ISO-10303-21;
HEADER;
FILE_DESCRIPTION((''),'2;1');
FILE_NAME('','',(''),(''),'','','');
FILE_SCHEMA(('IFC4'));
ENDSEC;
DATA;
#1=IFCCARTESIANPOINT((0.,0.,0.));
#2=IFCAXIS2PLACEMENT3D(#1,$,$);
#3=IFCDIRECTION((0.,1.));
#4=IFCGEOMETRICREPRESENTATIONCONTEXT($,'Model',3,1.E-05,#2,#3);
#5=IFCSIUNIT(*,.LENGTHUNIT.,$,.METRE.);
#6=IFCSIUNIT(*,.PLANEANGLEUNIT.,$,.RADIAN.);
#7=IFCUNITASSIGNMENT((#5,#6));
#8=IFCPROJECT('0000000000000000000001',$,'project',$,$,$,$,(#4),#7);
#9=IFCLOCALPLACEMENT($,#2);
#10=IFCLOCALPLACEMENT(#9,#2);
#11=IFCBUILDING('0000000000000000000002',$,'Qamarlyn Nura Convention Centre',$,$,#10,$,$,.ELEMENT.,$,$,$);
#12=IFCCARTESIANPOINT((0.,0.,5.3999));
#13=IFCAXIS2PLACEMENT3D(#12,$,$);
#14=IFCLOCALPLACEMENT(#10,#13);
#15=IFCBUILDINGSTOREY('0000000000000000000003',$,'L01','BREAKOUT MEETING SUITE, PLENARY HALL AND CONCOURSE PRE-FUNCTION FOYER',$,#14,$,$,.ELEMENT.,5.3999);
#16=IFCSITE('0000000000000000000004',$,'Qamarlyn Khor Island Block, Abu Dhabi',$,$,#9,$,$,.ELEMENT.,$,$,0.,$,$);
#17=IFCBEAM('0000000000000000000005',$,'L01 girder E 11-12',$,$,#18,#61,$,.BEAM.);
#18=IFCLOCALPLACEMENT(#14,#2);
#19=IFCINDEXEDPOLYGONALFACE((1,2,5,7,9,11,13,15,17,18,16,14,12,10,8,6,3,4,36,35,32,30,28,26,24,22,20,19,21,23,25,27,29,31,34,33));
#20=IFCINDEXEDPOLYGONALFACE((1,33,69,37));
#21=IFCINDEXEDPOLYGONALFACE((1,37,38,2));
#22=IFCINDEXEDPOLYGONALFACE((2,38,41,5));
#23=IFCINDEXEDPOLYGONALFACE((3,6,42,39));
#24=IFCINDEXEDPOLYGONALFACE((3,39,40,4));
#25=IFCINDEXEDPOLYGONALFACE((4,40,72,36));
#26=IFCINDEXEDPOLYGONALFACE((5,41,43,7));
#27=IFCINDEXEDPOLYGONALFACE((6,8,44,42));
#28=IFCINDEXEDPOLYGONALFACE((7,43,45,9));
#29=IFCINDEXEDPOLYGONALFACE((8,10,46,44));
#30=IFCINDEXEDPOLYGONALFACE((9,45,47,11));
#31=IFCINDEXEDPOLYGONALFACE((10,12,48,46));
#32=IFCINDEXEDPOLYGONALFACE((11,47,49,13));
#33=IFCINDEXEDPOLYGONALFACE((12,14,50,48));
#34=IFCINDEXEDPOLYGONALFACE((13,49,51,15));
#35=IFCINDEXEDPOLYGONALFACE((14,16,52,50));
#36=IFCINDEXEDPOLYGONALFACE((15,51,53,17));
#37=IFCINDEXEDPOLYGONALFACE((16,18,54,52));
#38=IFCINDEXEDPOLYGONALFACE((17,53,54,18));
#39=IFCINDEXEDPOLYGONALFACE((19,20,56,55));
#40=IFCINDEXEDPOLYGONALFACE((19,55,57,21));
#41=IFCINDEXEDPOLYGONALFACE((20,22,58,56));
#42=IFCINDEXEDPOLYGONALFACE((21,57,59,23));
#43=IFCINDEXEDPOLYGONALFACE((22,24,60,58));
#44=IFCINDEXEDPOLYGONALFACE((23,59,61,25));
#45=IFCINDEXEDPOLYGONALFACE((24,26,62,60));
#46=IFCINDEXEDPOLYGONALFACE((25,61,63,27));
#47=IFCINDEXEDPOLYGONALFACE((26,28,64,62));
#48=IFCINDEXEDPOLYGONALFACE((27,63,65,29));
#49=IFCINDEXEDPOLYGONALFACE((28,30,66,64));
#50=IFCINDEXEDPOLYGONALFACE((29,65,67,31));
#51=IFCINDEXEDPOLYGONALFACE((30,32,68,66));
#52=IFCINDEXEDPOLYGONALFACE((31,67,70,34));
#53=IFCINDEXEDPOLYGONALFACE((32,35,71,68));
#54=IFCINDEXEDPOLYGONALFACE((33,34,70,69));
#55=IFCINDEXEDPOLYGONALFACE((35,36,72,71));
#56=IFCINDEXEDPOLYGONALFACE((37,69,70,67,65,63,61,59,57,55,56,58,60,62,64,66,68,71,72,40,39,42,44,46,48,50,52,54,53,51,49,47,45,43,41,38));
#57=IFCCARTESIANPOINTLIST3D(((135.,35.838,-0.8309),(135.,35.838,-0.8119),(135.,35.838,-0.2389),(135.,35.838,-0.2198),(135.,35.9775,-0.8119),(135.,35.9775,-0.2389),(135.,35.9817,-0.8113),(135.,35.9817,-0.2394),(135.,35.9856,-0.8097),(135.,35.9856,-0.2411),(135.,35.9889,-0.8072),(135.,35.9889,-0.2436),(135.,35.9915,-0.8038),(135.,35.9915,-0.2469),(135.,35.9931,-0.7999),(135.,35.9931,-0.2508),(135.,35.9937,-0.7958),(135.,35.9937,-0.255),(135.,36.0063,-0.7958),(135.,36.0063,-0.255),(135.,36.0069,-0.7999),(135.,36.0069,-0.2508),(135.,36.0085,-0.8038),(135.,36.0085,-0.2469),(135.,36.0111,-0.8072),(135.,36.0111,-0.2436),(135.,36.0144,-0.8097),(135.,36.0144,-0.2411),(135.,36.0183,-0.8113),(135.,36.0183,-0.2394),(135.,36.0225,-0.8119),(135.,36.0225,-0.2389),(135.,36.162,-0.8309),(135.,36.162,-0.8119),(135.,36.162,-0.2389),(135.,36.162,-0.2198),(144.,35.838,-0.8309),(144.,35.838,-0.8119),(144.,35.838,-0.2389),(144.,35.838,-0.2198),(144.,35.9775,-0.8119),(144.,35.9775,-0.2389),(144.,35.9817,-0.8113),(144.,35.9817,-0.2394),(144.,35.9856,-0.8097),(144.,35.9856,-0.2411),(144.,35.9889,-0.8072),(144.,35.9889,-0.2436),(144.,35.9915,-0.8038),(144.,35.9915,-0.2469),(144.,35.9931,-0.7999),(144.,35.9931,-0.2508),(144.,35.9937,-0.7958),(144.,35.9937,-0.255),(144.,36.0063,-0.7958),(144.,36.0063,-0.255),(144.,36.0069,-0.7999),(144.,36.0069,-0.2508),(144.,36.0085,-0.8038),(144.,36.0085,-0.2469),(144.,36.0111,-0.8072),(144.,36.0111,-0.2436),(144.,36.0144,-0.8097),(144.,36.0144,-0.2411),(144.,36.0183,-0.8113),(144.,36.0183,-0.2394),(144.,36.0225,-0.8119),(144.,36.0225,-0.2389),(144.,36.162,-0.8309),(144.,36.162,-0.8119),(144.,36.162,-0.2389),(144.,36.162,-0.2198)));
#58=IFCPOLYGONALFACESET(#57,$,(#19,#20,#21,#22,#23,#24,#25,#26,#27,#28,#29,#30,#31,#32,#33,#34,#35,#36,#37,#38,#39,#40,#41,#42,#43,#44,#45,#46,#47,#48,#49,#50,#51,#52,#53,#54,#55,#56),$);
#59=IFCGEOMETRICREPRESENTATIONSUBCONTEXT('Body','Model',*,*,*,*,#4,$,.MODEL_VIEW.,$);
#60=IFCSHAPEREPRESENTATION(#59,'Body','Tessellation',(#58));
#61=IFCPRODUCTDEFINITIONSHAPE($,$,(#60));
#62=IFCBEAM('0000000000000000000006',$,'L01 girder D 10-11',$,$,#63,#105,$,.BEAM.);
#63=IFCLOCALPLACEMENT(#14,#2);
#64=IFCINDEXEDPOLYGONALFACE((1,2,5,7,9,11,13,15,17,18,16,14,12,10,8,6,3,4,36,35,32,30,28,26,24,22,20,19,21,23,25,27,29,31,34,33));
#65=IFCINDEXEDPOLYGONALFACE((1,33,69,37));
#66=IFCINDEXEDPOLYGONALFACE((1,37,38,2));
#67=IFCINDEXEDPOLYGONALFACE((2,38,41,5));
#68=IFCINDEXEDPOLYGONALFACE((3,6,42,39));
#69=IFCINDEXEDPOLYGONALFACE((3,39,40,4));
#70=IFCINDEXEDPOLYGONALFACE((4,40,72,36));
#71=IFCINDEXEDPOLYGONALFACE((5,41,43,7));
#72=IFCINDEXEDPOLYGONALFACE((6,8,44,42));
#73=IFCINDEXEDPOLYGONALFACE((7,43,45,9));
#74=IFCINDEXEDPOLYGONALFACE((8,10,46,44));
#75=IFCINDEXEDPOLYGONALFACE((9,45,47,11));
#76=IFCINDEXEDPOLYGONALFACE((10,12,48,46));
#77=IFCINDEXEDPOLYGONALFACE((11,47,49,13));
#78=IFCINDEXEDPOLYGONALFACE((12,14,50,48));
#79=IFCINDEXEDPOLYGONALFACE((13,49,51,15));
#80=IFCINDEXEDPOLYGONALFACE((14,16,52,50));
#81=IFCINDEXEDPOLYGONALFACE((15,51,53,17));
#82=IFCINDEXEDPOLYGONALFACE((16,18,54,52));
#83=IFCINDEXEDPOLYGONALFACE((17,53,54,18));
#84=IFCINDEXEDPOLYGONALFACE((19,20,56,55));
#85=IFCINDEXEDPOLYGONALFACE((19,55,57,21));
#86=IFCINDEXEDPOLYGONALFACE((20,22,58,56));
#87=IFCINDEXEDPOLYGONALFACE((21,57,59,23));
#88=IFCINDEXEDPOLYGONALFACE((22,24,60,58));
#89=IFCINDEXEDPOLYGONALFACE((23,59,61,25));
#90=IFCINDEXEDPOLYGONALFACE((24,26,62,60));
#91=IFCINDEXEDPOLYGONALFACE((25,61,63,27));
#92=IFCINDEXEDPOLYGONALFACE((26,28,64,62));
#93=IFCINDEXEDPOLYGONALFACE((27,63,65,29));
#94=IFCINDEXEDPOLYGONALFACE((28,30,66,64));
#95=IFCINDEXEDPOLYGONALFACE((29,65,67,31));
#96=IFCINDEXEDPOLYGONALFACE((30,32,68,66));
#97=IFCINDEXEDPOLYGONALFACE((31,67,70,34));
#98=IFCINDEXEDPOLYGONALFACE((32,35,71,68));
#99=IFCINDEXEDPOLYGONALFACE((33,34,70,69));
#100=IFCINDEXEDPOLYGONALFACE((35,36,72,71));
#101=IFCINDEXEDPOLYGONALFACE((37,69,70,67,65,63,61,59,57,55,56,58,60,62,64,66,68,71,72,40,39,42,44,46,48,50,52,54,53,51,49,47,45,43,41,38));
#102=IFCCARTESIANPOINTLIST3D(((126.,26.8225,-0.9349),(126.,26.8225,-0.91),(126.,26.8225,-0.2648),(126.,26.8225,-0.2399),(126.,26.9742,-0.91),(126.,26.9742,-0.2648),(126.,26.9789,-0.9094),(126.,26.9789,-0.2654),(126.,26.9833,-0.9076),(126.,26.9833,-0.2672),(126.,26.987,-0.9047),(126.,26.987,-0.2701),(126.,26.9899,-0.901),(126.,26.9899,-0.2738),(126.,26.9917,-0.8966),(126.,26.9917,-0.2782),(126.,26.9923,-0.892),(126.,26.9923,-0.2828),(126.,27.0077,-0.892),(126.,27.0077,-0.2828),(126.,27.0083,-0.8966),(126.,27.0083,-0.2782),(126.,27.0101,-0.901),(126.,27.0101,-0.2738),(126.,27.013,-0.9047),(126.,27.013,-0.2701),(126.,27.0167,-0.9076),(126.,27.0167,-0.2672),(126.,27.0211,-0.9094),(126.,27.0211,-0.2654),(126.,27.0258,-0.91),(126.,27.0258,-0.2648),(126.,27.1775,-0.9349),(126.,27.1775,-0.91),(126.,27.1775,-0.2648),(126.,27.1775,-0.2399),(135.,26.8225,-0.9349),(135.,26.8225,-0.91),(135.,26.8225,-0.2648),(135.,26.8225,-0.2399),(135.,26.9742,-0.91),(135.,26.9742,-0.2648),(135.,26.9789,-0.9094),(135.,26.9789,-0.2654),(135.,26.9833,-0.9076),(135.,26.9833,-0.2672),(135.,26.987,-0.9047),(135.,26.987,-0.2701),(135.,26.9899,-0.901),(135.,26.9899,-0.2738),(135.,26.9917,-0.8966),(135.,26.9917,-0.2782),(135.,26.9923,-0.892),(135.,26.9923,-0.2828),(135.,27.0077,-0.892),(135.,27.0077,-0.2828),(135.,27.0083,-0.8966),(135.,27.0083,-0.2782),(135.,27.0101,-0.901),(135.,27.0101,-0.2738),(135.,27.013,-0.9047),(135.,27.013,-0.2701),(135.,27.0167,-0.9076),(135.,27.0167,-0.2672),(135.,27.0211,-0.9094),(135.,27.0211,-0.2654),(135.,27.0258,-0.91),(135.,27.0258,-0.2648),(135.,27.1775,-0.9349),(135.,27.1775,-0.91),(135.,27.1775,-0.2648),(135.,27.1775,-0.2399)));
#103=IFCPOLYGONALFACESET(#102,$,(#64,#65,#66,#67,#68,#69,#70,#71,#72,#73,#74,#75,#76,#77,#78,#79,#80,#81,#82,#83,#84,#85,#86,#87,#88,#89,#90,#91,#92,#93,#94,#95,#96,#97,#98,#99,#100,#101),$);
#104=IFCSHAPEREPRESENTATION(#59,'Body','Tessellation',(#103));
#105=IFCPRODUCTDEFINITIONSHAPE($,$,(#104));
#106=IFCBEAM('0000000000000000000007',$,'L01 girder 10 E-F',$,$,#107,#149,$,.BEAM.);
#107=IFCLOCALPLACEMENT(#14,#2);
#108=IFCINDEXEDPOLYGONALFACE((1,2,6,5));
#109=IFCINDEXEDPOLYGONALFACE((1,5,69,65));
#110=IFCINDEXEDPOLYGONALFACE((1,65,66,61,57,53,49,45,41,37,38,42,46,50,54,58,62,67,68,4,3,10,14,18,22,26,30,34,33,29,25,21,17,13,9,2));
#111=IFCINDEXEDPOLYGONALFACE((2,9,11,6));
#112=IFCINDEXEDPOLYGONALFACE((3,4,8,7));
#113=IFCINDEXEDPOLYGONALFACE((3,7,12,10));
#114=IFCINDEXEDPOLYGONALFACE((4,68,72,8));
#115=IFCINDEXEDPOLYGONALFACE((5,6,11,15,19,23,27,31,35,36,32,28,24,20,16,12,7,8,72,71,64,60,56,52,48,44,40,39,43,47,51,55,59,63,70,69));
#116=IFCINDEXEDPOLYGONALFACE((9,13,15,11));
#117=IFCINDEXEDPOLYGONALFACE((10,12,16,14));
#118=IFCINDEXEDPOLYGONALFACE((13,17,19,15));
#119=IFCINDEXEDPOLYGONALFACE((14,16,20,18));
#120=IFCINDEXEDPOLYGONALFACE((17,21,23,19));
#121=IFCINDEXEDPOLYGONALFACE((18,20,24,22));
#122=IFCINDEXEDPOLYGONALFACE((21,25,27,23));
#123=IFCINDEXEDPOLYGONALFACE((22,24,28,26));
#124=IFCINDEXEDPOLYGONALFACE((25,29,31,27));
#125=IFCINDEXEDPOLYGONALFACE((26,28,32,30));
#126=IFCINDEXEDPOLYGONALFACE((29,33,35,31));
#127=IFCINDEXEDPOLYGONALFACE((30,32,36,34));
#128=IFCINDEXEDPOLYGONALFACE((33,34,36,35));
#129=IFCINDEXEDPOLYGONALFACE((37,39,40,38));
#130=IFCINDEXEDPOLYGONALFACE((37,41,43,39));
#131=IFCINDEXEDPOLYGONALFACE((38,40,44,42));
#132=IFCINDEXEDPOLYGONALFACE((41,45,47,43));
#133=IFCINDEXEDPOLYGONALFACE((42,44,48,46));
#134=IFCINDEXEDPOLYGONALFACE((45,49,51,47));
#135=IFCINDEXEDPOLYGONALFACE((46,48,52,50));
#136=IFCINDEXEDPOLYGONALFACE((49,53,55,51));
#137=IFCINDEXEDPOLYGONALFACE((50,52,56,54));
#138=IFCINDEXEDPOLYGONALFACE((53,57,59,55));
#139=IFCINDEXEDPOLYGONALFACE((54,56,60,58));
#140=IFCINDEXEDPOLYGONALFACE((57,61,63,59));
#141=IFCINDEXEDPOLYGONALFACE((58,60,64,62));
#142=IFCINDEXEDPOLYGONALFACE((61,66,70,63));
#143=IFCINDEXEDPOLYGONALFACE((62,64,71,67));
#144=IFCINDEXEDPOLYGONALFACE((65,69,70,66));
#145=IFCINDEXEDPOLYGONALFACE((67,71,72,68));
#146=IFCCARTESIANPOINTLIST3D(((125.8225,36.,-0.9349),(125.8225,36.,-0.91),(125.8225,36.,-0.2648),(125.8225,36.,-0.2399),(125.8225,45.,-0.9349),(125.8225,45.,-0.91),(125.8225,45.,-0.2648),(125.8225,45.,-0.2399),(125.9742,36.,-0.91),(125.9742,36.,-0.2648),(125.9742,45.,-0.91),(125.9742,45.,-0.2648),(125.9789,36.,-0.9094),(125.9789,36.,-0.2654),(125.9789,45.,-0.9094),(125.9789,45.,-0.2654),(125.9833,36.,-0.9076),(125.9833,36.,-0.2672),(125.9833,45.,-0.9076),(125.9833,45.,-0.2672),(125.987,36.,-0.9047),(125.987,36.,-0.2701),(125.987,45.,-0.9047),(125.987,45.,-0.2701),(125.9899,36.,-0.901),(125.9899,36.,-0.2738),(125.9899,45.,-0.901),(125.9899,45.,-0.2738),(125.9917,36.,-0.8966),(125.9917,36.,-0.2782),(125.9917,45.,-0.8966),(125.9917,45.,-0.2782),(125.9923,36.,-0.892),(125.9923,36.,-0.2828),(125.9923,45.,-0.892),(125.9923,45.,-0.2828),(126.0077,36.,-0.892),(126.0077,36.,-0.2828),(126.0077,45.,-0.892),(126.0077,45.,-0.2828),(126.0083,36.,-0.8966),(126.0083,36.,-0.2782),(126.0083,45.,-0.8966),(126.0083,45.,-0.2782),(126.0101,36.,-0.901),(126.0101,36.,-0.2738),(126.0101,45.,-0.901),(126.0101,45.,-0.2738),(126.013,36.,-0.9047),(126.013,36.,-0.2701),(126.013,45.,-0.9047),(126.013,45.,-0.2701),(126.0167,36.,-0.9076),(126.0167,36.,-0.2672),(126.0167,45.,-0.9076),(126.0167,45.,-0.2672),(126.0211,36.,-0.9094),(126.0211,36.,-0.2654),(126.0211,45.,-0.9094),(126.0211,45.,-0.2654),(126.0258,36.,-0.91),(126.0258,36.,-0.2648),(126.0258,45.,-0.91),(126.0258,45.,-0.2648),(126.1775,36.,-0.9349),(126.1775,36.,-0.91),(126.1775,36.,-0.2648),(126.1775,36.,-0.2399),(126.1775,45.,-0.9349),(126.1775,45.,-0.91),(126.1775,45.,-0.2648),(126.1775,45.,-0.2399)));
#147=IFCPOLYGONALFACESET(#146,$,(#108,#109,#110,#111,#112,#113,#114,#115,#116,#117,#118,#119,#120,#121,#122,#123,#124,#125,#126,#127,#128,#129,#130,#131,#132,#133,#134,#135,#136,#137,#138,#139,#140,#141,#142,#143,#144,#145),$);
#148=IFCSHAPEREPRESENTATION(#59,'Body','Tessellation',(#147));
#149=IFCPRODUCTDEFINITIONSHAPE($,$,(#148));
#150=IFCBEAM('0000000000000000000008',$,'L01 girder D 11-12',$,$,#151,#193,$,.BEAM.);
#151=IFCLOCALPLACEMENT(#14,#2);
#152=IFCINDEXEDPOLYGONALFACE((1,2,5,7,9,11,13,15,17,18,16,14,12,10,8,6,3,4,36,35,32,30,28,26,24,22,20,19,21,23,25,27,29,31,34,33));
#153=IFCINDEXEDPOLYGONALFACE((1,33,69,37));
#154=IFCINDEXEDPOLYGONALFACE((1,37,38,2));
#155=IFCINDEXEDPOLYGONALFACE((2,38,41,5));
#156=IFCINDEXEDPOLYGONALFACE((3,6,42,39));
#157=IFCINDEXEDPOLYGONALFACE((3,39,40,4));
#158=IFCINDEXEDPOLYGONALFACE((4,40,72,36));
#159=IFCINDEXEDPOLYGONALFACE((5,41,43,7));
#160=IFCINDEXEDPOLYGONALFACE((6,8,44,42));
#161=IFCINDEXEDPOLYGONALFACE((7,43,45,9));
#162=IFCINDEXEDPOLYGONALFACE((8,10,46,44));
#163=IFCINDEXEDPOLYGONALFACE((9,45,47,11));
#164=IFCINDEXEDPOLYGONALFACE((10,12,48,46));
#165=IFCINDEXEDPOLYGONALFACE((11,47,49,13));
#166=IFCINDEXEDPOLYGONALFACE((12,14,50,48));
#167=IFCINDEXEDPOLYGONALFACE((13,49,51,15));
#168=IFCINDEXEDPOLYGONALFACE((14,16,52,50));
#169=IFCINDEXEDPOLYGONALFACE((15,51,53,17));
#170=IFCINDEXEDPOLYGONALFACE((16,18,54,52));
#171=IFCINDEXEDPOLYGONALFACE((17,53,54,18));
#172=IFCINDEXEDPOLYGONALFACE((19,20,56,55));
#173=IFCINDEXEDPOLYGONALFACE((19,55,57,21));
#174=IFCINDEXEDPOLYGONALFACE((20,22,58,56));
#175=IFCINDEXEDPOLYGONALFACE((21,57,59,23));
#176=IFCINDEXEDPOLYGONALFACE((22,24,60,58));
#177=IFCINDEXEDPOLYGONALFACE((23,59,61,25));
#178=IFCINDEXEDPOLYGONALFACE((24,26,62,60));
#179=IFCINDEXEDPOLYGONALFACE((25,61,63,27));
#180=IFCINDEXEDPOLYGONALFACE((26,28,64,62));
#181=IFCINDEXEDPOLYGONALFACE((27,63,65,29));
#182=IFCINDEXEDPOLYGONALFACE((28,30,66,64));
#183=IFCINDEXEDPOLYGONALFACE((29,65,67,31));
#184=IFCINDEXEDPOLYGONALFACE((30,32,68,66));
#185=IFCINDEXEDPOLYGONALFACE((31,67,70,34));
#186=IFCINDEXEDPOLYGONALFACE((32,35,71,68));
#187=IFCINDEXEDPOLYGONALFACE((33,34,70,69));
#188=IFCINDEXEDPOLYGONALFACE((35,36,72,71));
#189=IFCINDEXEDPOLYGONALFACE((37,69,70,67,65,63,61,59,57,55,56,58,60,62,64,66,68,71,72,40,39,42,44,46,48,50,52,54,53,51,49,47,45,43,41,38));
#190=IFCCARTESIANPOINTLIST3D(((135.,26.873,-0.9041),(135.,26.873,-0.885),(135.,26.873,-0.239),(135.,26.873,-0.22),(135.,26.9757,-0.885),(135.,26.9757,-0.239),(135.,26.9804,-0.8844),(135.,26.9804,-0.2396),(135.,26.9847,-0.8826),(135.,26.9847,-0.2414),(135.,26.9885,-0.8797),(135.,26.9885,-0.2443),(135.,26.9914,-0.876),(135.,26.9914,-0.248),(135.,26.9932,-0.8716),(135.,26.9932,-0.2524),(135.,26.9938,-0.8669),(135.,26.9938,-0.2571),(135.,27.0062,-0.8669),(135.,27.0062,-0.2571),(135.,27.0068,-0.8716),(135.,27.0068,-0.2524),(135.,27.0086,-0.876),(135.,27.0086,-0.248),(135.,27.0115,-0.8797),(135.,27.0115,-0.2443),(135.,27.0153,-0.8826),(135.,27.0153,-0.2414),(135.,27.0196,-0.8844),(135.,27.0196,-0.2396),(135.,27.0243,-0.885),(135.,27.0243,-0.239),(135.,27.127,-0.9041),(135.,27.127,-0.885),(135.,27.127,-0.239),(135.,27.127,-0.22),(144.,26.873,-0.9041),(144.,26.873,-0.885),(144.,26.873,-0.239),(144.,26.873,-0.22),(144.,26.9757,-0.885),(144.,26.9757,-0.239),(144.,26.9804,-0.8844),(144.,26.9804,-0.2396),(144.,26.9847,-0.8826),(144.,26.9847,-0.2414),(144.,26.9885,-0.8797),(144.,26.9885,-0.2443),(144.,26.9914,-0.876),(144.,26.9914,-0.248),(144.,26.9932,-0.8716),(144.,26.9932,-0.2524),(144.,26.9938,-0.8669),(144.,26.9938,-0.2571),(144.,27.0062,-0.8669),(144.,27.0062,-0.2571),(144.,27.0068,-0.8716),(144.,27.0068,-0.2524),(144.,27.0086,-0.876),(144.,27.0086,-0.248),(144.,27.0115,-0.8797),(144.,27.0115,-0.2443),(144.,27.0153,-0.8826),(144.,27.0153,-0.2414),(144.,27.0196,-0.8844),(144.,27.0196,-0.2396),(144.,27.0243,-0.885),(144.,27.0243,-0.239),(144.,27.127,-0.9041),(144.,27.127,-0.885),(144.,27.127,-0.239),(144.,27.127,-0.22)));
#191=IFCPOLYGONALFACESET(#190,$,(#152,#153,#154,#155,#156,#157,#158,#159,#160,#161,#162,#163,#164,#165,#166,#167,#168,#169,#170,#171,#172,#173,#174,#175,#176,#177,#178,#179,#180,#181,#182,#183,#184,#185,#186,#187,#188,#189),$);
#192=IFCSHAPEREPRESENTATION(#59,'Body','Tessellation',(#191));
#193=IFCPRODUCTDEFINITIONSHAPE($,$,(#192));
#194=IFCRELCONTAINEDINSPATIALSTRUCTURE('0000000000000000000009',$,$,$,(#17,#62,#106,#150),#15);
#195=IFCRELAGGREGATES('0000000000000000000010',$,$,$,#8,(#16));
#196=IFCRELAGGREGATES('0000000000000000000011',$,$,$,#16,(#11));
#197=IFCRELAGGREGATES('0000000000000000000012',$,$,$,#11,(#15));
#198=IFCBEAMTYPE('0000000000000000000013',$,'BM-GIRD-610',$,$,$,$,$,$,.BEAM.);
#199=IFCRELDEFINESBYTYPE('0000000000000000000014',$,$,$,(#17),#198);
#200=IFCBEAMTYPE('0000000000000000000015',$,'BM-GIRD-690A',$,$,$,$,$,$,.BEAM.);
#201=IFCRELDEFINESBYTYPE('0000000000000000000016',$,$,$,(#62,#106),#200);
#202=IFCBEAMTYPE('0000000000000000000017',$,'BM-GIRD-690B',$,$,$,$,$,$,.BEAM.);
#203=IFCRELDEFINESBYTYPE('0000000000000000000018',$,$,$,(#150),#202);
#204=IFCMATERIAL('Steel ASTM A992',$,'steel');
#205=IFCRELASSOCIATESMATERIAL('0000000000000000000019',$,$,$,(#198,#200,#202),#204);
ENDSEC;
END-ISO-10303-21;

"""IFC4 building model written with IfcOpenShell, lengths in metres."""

from ifc_helpers import new_model, si_unit, direction, frame, origin, origin_2d, place, context, subcontext, project, spatial, i_section, extrude, material, material_profile, profile_set, type_object, element, save


model = new_model("IFC4")

# Units and contexts
model_context = context("Model", 3, precision=1e-05, world=origin(), true_north=direction((0.0, 1.0)))
body_context = subcontext(model_context, "Body", "Model", "MODEL_VIEW")
ifc_project = project(units=[si_unit("LENGTHUNIT", "METRE"), si_unit("PLANEANGLEUNIT", "RADIAN")], contexts=[model_context])

# Site, building, storey
site_placement = place(None, origin())
site = spatial("IfcSite", under=ifc_project, at=site_placement, Name="Qamarlyn Khor Island Block, Abu Dhabi", CompositionType="ELEMENT", RefElevation=0.0)
building_placement = place(site_placement, origin())
building = spatial("IfcBuilding", under=site, at=building_placement, Name="Qamarlyn Nura Convention Centre", CompositionType="ELEMENT")
storey_placement = place(building_placement, frame((0.0, 0.0, 5.3999)))
storey = spatial("IfcBuildingStorey", under=building, at=storey_placement, Name="L01", Description="BREAKOUT MEETING SUITE, PLENARY HALL AND CONCOURSE PRE-FUNCTION FOYER", CompositionType="ELEMENT", Elevation=5.3999)

# Shared definitions
ifc_material_1 = material(Name="Steel ASTM A992", Category="steel")

# Beams
ifc_material_profile_1 = material_profile(ifc_material_1, i_section(OverallWidth=0.324, OverallDepth=0.6111, WebThickness=0.0127, FlangeThickness=0.019, FilletRadius=0.0161, at=origin_2d()), Name="W610X155")
ifc_profile_set_1 = profile_set([ifc_material_profile_1], Name="Steel ASTM A992")
beam_type_1 = type_object("IfcBeamType", Name="BM-GIRD-610", PredefinedType="BEAM", material=ifc_profile_set_1)
beam_1_placement = place(storey_placement, frame((135.0, 36.0, -0.5254), z_axis=(1.0, 0.0, 0.0), x_axis=(0.0, 1.0, 0.0)))
element("IfcBeam", 1, at=beam_1_placement, inside=storey, type_object=beam_type_1, Name="L01 girder E 11-12", PredefinedType="BEAM", context=body_context, shape_type="SweptSolid", body=[
    extrude(i_section(OverallWidth=0.324, OverallDepth=0.6111, WebThickness=0.0127, FlangeThickness=0.019, FilletRadius=0.0161, at=origin_2d()), origin(), (0.0, 0.0, 1.0), 9.0),
])
ifc_material_profile_2 = material_profile(ifc_material_1, i_section(OverallWidth=0.355, OverallDepth=0.6951, WebThickness=0.0154, FlangeThickness=0.0249, FilletRadius=0.0181, at=origin_2d()), Name="W690X217")
ifc_profile_set_2 = profile_set([ifc_material_profile_2], Name="Steel ASTM A992")
beam_type_2 = type_object("IfcBeamType", Name="BM-GIRD-690A", PredefinedType="BEAM", material=ifc_profile_set_2)
for number, where, z_axis, x_axis, name in (
    (2, (126.0, 27.0, -0.5874), (1.0, 0.0, 0.0), (0.0, 1.0, 0.0), "L01 girder D 10-11"),
    (3, (126.0, 36.0, -0.5874), (0.0, 1.0, 0.0), (-1.0, 0.0, 0.0), "L01 girder 10 E-F"),
):
    element("IfcBeam", number, at=place(storey_placement, frame(where, z_axis=z_axis, x_axis=x_axis)), inside=storey, type_object=beam_type_2, Name=name, PredefinedType="BEAM", context=body_context, shape_type="SweptSolid", body=[
        extrude(i_section(OverallWidth=0.355, OverallDepth=0.6951, WebThickness=0.0154, FlangeThickness=0.0249, FilletRadius=0.0181, at=origin_2d()), origin(), (0.0, 0.0, 1.0), 9.0),
    ])
ifc_material_profile_3 = material_profile(ifc_material_1, i_section(OverallWidth=0.2539, OverallDepth=0.6841, WebThickness=0.0125, FlangeThickness=0.019, FilletRadius=0.0181, at=origin_2d()), Name="W690X140")
ifc_profile_set_3 = profile_set([ifc_material_profile_3], Name="Steel ASTM A992")
beam_type_3 = type_object("IfcBeamType", Name="BM-GIRD-690B", PredefinedType="BEAM", material=ifc_profile_set_3)
for number, where, z_axis, x_axis, name in (
    (4, (135.0, 27.0, -0.562), (1.0, 0.0, 0.0), (0.0, 1.0, 0.0), "L01 girder D 11-12"),
):
    element("IfcBeam", number, at=place(storey_placement, frame(where, z_axis=z_axis, x_axis=x_axis)), inside=storey, type_object=beam_type_3, Name=name, PredefinedType="BEAM", context=body_context, shape_type="SweptSolid", body=[
        extrude(i_section(OverallWidth=0.2539, OverallDepth=0.6841, WebThickness=0.0125, FlangeThickness=0.019, FilletRadius=0.0181, at=origin_2d()), origin(), (0.0, 0.0, 1.0), 9.0),
    ])

save(model, "model.ifc")
